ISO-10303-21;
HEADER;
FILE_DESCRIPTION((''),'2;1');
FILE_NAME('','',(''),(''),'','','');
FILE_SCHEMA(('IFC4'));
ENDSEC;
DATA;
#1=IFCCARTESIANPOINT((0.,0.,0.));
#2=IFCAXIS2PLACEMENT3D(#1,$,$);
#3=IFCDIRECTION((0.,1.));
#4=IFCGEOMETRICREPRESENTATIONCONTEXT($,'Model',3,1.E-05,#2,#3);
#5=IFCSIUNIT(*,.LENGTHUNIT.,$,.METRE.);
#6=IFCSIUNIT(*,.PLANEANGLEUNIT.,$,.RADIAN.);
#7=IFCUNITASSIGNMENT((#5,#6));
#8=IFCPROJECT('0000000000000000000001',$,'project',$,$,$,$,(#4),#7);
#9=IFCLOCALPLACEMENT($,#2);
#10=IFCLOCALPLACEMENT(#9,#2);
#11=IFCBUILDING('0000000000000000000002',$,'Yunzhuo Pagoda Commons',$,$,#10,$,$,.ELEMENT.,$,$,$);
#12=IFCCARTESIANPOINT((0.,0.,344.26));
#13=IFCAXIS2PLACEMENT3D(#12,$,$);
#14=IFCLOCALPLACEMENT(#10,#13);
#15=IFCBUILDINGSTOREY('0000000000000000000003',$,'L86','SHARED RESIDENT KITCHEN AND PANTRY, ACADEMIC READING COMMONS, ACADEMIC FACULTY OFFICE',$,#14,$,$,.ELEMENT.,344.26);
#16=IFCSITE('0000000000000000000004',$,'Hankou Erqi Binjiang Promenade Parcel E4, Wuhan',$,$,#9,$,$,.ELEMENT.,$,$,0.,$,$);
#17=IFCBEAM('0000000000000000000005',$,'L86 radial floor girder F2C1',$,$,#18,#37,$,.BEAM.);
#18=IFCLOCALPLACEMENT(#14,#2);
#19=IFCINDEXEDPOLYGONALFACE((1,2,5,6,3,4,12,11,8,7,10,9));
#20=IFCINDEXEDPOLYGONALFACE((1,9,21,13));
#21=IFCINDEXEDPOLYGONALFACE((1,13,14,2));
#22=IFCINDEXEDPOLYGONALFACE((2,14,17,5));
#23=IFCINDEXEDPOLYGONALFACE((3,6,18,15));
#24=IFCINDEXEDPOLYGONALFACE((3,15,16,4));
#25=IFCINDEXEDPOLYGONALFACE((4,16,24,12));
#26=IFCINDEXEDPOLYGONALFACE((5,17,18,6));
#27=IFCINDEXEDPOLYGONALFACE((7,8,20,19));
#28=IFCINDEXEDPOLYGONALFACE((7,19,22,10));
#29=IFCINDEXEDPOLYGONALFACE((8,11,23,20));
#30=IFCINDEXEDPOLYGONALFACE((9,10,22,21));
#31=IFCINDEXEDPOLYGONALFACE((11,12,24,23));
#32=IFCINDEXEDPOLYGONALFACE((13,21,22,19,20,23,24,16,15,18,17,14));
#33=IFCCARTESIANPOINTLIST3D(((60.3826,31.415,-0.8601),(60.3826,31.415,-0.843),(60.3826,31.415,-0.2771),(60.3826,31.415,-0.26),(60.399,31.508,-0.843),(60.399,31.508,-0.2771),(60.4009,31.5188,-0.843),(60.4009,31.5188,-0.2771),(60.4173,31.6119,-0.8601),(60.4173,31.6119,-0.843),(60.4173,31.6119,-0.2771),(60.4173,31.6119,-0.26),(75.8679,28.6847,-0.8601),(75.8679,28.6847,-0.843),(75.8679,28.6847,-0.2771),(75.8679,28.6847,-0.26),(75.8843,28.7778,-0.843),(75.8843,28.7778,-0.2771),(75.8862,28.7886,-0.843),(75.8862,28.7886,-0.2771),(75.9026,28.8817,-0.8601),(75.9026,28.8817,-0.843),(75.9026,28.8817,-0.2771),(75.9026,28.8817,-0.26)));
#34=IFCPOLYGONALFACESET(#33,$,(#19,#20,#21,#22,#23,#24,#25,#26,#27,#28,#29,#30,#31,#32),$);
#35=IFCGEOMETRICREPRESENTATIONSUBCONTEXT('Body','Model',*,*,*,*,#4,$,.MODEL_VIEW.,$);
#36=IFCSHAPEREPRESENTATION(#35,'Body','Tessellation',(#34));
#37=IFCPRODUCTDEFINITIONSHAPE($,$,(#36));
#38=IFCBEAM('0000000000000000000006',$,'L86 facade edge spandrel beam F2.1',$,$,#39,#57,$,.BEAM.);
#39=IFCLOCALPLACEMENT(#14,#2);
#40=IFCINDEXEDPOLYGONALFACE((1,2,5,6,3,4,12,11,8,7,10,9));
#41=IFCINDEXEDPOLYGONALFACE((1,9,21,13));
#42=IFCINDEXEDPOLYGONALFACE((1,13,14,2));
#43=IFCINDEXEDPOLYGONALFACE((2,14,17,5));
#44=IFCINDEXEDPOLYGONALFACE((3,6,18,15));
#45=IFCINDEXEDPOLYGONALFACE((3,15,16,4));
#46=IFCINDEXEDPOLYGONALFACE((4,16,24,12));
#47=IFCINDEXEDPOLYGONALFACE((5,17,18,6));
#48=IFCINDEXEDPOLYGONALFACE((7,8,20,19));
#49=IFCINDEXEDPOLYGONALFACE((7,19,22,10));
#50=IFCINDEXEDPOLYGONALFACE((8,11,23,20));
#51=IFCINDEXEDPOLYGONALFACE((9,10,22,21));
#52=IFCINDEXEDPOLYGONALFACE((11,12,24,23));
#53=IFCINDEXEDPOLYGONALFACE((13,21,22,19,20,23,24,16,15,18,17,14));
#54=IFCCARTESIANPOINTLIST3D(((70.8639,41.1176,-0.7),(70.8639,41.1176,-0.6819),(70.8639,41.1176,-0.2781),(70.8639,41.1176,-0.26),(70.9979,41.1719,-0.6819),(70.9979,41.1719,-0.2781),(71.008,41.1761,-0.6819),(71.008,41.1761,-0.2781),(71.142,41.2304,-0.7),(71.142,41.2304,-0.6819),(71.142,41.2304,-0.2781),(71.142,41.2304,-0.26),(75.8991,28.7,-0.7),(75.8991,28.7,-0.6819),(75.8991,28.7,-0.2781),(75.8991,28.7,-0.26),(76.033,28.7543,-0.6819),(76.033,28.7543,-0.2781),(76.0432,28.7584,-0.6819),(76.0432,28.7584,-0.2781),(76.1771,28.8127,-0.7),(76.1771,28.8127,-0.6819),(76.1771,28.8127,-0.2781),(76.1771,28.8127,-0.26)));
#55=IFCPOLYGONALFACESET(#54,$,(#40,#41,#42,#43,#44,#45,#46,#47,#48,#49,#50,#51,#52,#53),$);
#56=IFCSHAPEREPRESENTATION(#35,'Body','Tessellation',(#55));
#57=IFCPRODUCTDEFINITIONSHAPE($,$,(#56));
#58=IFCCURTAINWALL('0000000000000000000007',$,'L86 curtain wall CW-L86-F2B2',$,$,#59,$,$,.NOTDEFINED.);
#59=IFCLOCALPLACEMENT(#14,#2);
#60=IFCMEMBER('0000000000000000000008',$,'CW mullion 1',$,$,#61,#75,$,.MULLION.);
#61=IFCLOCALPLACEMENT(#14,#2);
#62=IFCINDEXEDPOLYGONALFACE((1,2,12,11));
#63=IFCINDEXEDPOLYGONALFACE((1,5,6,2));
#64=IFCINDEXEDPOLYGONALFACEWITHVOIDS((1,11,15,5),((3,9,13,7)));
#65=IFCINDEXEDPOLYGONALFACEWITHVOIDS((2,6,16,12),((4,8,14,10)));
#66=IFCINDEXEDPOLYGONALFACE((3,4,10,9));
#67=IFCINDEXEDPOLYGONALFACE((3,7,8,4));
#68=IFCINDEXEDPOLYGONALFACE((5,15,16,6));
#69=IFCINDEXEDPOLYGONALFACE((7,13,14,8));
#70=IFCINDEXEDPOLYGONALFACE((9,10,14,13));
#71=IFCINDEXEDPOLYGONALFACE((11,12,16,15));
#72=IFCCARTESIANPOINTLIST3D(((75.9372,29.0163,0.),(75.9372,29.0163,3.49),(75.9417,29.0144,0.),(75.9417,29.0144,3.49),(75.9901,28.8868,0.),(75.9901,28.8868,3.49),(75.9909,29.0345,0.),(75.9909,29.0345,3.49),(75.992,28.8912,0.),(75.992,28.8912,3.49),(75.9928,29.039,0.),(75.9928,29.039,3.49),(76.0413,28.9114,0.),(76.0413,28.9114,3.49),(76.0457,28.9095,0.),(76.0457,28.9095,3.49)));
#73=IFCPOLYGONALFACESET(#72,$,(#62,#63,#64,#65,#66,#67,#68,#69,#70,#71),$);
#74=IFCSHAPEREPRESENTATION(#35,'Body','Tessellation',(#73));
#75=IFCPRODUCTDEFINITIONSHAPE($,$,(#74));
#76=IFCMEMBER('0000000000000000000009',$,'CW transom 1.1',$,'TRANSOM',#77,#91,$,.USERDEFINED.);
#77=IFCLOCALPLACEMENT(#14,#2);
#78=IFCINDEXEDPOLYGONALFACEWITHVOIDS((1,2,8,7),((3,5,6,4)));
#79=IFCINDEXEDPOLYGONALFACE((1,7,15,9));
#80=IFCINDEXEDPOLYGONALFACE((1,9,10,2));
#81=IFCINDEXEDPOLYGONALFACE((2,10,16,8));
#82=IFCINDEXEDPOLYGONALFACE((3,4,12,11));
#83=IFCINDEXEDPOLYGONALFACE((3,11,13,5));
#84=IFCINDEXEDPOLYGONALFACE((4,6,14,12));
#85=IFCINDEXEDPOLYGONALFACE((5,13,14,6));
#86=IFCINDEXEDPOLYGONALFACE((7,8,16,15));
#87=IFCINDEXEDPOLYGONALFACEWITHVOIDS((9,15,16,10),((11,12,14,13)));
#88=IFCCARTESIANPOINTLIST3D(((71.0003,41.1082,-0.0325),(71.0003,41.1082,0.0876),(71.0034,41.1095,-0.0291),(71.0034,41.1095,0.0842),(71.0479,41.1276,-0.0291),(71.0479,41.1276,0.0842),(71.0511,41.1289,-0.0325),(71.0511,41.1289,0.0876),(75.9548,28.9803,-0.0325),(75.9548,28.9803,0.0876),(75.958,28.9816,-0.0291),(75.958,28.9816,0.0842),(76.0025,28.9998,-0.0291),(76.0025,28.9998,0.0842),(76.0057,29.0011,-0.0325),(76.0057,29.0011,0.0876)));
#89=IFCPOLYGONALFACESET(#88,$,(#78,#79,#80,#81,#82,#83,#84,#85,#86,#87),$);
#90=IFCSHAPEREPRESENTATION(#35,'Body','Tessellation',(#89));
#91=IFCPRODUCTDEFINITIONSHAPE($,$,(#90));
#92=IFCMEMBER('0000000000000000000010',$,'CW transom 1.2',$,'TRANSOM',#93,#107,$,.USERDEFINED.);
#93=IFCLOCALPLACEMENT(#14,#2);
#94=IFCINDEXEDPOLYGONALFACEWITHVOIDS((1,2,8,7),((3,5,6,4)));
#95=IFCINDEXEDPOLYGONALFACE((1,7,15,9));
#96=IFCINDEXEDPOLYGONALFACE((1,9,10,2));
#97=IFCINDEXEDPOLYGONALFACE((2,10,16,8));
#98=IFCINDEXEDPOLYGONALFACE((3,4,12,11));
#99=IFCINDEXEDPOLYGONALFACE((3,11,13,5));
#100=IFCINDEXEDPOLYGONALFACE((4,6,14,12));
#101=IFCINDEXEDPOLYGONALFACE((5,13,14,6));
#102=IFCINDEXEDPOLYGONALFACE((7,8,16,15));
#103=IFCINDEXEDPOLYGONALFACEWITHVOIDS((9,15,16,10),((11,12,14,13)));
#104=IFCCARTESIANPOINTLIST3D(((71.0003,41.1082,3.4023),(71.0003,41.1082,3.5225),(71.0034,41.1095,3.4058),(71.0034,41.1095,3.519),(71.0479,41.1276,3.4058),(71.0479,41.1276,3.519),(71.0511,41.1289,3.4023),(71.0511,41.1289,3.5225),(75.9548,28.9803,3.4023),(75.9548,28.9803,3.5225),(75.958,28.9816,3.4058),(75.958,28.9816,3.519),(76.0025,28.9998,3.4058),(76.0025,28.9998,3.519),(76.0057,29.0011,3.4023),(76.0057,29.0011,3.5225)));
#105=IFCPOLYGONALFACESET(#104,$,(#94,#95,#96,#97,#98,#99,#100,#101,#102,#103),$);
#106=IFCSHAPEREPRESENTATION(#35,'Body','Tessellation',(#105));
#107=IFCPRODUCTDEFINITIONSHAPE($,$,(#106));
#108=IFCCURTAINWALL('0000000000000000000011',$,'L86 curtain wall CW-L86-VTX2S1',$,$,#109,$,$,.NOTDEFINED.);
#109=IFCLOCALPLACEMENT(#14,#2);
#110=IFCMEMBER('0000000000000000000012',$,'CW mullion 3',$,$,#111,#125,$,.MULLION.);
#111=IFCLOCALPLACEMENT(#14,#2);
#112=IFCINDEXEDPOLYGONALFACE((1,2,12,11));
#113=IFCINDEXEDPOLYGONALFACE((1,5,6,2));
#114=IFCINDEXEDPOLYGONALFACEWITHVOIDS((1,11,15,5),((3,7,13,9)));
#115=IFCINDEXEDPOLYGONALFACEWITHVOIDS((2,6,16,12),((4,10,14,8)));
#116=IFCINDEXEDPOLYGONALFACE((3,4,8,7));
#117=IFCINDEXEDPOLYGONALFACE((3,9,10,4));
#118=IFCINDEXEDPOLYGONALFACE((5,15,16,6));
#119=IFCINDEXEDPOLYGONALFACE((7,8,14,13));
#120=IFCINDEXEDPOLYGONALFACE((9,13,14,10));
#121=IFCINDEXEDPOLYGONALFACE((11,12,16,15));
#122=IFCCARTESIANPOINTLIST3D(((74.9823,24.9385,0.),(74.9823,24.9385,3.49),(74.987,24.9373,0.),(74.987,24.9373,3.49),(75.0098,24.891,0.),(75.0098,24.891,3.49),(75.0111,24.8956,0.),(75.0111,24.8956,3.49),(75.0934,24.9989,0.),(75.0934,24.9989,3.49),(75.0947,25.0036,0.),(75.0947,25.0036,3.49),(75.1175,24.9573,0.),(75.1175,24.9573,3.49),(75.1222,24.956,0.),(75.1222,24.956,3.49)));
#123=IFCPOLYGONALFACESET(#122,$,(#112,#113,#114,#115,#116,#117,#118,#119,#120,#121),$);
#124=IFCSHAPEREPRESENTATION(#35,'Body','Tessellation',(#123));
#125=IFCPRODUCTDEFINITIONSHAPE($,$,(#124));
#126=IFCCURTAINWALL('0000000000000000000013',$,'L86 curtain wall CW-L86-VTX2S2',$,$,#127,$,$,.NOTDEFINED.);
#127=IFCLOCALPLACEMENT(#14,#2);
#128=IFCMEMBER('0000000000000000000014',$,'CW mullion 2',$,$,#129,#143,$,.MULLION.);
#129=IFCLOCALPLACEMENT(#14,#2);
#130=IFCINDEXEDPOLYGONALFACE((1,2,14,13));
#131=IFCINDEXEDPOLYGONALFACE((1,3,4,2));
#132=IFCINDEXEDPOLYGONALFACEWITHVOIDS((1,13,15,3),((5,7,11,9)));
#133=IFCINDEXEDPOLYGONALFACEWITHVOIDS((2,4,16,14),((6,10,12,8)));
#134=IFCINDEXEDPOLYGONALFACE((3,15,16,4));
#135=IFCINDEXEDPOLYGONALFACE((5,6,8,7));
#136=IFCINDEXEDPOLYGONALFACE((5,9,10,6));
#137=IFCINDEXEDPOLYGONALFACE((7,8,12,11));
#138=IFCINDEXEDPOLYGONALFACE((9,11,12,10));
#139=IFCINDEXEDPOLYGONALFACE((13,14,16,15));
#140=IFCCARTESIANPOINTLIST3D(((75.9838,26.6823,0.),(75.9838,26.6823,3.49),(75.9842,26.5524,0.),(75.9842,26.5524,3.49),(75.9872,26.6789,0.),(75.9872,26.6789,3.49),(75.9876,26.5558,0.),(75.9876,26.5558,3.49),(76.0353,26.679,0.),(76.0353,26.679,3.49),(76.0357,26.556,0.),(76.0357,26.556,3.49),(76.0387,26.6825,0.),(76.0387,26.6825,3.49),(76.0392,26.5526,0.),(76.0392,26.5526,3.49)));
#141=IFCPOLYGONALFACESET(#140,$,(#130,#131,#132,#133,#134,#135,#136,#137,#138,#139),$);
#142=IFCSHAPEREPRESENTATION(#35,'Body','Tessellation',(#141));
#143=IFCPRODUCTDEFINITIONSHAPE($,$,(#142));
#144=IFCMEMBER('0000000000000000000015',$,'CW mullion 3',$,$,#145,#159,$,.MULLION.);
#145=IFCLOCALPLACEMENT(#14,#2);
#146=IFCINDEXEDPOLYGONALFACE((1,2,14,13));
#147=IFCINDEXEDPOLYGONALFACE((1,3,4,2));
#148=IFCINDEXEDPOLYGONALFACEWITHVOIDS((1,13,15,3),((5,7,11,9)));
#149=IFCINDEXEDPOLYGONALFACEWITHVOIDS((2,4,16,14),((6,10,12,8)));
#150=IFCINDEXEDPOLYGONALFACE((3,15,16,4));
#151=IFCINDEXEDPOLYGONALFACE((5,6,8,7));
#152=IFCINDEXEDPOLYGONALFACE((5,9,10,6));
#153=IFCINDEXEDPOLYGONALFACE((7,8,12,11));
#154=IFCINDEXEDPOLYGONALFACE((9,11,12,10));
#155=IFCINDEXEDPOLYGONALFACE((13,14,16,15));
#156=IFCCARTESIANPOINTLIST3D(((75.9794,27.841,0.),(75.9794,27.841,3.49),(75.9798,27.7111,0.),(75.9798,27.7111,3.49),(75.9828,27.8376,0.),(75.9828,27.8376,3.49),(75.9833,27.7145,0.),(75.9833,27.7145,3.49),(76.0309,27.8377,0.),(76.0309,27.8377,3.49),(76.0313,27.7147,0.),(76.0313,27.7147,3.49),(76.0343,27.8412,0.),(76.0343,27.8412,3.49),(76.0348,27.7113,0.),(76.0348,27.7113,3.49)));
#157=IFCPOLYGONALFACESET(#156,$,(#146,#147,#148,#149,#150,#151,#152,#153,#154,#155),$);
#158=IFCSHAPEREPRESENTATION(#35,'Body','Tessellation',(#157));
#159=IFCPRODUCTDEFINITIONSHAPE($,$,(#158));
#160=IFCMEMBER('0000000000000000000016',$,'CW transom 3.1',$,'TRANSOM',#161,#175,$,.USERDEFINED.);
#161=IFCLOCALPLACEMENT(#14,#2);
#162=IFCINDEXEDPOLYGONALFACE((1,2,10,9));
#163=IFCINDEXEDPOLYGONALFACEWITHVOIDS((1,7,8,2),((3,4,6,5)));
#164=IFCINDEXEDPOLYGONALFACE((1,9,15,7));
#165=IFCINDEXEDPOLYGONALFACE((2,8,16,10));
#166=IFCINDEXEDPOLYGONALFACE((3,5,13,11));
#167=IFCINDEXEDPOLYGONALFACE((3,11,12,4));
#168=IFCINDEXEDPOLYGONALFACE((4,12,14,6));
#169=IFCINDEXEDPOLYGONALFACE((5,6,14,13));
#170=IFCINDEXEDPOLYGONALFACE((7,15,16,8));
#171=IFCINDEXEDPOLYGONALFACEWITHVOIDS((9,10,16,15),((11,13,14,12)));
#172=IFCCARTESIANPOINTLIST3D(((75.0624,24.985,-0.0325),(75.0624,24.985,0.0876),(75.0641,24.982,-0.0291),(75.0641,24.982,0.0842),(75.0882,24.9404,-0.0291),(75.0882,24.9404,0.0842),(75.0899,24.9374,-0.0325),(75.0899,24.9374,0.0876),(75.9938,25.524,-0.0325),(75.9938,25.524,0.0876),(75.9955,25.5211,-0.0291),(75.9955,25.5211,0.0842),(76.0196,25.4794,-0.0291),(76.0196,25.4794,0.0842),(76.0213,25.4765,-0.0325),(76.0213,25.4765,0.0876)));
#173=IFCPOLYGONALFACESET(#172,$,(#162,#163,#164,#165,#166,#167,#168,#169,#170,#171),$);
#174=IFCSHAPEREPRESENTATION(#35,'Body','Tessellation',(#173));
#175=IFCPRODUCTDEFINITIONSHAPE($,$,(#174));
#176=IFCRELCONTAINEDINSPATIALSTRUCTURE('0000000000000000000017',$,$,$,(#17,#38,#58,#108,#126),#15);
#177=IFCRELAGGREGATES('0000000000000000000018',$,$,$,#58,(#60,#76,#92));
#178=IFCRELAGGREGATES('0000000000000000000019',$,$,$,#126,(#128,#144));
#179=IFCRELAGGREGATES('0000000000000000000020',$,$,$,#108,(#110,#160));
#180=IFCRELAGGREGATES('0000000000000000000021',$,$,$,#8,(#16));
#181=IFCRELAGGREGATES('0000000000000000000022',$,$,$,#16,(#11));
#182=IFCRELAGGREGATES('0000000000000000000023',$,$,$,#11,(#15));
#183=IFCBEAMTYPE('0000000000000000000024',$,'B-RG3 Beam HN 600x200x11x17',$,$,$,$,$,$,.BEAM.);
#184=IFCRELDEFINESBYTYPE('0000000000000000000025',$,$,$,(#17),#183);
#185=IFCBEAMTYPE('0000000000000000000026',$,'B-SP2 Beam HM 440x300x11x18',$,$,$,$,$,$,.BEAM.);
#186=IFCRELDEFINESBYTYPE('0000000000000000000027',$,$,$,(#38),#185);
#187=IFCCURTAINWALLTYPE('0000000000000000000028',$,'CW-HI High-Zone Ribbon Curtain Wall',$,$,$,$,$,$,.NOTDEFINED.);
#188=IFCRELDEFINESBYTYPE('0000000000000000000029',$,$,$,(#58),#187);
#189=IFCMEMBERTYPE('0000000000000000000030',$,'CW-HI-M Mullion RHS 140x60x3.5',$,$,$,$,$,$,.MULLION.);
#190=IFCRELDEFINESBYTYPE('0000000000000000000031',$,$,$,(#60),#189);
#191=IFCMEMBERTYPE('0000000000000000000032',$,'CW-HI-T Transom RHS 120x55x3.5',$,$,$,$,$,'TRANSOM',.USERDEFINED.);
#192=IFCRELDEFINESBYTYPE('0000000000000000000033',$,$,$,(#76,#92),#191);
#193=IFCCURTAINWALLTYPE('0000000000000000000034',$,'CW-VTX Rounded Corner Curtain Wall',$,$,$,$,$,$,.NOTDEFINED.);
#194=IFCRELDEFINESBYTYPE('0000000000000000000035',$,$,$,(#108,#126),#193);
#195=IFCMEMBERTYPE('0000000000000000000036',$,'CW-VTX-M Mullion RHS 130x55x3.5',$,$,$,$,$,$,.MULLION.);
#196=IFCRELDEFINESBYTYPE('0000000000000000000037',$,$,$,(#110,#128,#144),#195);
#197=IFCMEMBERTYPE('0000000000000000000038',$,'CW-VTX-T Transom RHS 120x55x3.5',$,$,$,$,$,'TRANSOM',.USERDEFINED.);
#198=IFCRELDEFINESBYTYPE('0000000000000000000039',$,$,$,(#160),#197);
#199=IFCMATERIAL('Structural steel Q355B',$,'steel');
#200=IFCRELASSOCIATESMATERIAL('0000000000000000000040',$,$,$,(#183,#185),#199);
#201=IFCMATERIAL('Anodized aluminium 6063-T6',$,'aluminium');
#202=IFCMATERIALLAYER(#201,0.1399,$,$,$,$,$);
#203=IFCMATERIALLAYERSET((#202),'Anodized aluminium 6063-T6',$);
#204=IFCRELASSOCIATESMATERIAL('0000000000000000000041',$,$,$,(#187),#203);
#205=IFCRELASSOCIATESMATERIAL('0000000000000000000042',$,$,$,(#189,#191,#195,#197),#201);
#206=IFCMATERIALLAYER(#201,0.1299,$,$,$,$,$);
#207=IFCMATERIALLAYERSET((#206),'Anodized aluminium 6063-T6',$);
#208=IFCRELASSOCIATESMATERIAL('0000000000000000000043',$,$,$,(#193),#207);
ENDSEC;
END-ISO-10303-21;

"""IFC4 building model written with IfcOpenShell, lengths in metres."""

from ifc_helpers import new_model, si_unit, direction, frame, origin, origin_2d, place, context, subcontext, project, spatial, hollow_rectangle, i_section, extrude, source, transform, mapped, material, layer, layer_set, material_profile, profile_set, type_object, element, aggregate, save


model = new_model("IFC4")

# Units and contexts
model_context = context("Model", 3, precision=1e-05, world=origin(), true_north=direction((0.0, 1.0)))
body_context = subcontext(model_context, "Body", "Model", "MODEL_VIEW")
ifc_project = project(units=[si_unit("LENGTHUNIT", "METRE"), si_unit("PLANEANGLEUNIT", "RADIAN")], contexts=[model_context])

# Site, building, storey
site_placement = place(None, origin())
site = spatial("IfcSite", under=ifc_project, at=site_placement, Name="Hankou Erqi Binjiang Promenade Parcel E4, Wuhan", CompositionType="ELEMENT", RefElevation=0.0)
building_placement = place(site_placement, origin())
building = spatial("IfcBuilding", under=site, at=building_placement, Name="Yunzhuo Pagoda Commons", CompositionType="ELEMENT")
storey_placement = place(building_placement, frame((0.0, 0.0, 344.26)))
storey = spatial("IfcBuildingStorey", under=building, at=storey_placement, Name="L86", Description="SHARED RESIDENT KITCHEN AND PANTRY, ACADEMIC READING COMMONS, ACADEMIC FACULTY OFFICE", CompositionType="ELEMENT", Elevation=344.26)

# Beams
ifc_material_1 = material(Name="Structural steel Q355B", Category="steel")
ifc_material_profile_1 = material_profile(ifc_material_1, i_section(OverallWidth=0.2, OverallDepth=0.6001, WebThickness=0.011, FlangeThickness=0.0171, at=origin_2d()), Name="Structural steel Q355B")
ifc_profile_set_1 = profile_set([ifc_material_profile_1], Name="Structural steel Q355B")
beam_type_1 = type_object("IfcBeamType", Name="B-RG3 Beam HN 600x200x11x17", PredefinedType="BEAM", material=ifc_profile_set_1)
shared_shape_1 = source(origin(), body_context, "Body", "SweptSolid", [
    extrude(i_section(OverallWidth=0.2, OverallDepth=0.6001, WebThickness=0.011, FlangeThickness=0.0171, at=origin_2d()), origin(), (0.0, 0.0, 1.0), 15.7241),
])
beam_1_placement = place(storey_placement, frame((75.8853, 28.7832, -0.5601), z_axis=(-0.984811, 0.173632, 0.0), x_axis=(-0.173632, -0.984811, 0.0)))
element("IfcBeam", 1, at=beam_1_placement, inside=storey, type_object=beam_type_1, Name="L86 radial floor girder F2C1", PredefinedType="BEAM", context=body_context, shape_type="MappedRepresentation", body=[
    mapped(shared_shape_1, transform((0.0, 0.0, 0.0), scale=1.0)),
])
ifc_material_profile_2 = material_profile(ifc_material_1, i_section(OverallWidth=0.3, OverallDepth=0.4399, WebThickness=0.011, FlangeThickness=0.0181, at=origin_2d()), Name="Structural steel Q355B")
ifc_profile_set_2 = profile_set([ifc_material_profile_2], Name="Structural steel Q355B")
beam_type_2 = type_object("IfcBeamType", Name="B-SP2 Beam HM 440x300x11x18", PredefinedType="BEAM", material=ifc_profile_set_2)
shared_shape_2 = source(origin(), body_context, "Body", "SweptSolid", [
    extrude(i_section(OverallWidth=0.3, OverallDepth=0.4399, WebThickness=0.011, FlangeThickness=0.0181, at=origin_2d()), origin(), (0.0, 0.0, 1.0), 13.3997),
])
beam_2_placement = place(storey_placement, frame((76.0381, 28.7563, -0.48), z_axis=(-0.375766, 0.926715, 0.0), x_axis=(-0.926715, -0.375766, 0.0)))
element("IfcBeam", 2, at=beam_2_placement, inside=storey, type_object=beam_type_2, Name="L86 facade edge spandrel beam F2.1", PredefinedType="BEAM", context=body_context, shape_type="MappedRepresentation", body=[
    mapped(shared_shape_2, transform((0.0, 0.0, 0.0), scale=1.0)),
])

# Curtain wall, members
ifc_material_2 = material(Name="Anodized aluminium 6063-T6", Category="aluminium")
ifc_layer_1 = layer(ifc_material_2, 0.1399)
ifc_layer_set_1 = layer_set([ifc_layer_1], Name="Anodized aluminium 6063-T6")
curtain_wall_type_1 = type_object("IfcCurtainWallType", Name="CW-HI High-Zone Ribbon Curtain Wall", PredefinedType="NOTDEFINED", material=ifc_layer_set_1)
curtain_wall_1_placement = place(storey_placement, origin())
curtain_wall_1 = element("IfcCurtainWall", 3, at=curtain_wall_1_placement, inside=storey, type_object=curtain_wall_type_1, Name="L86 curtain wall CW-L86-F2B2", PredefinedType="NOTDEFINED")
ifc_material_profile_3 = material_profile(ifc_material_2, hollow_rectangle(XDim=0.0601, YDim=0.1399, WallThickness=0.0034, at=origin_2d()), Name="Anodized aluminium 6063-T6")
ifc_profile_set_3 = profile_set([ifc_material_profile_3], Name="Anodized aluminium 6063-T6")
member_type_1 = type_object("IfcMemberType", Name="CW-HI-M Mullion RHS 140x60x3.5", PredefinedType="MULLION", material=ifc_profile_set_3)
shared_shape_3 = source(origin(), body_context, "Body", "SweptSolid", [
    extrude(hollow_rectangle(XDim=0.0601, YDim=0.1399, WallThickness=0.0034, at=origin_2d()), origin(), (0.0, 0.0, 1.0), 3.49),
])
member_1_placement = place(storey_placement, frame((75.9915, 28.9629, 0.0), z_axis=(0.0, 0.0, 1.0), x_axis=(-0.92573, -0.378185, 0.0)))
member_1 = element("IfcMember", 4, at=member_1_placement, type_object=member_type_1, Name="CW mullion 1", PredefinedType="MULLION", context=body_context, shape_type="MappedRepresentation", body=[
    mapped(shared_shape_3, transform((0.0, 0.0, 0.0), scale=1.0)),
])
ifc_material_profile_4 = material_profile(ifc_material_2, hollow_rectangle(XDim=0.0549, YDim=0.1201, WallThickness=0.0034, at=origin_2d()), Name="Anodized aluminium 6063-T6")
ifc_profile_set_4 = profile_set([ifc_material_profile_4], Name="Anodized aluminium 6063-T6")
member_type_2 = type_object("IfcMemberType", Name="CW-HI-T Transom RHS 120x55x3.5", ElementType="TRANSOM", PredefinedType="USERDEFINED", material=ifc_profile_set_4)
shared_shape_4 = source(origin(), body_context, "Body", "SweptSolid", [
    extrude(hollow_rectangle(XDim=0.0549, YDim=0.1201, WallThickness=0.0034, at=origin_2d()), origin(), (0.0, 0.0, 1.0), 13.1008),
])
member_2_placement = place(storey_placement, frame((75.9802, 28.9907, 0.0276), z_axis=(-0.378186, 0.92573, 0.0), x_axis=(-0.92573, -0.378186, 0.0)))
member_2 = element("IfcMember", 5, at=member_2_placement, type_object=member_type_2, Name="CW transom 1.1", ObjectType="TRANSOM", PredefinedType="USERDEFINED", context=body_context, shape_type="MappedRepresentation", body=[
    mapped(shared_shape_4, transform((0.0, 0.0, 0.0), scale=1.0)),
])
member_3_placement = place(storey_placement, frame((75.9802, 28.9907, 3.4624), z_axis=(-0.378186, 0.92573, 0.0), x_axis=(-0.92573, -0.378186, 0.0)))
member_3 = element("IfcMember", 6, at=member_3_placement, type_object=member_type_2, Name="CW transom 1.2", ObjectType="TRANSOM", PredefinedType="USERDEFINED", context=body_context, shape_type="MappedRepresentation", body=[
    mapped(shared_shape_4, transform((0.0, 0.0, 0.0), scale=1.0)),
])
aggregate(curtain_wall_1, [member_1, member_2, member_3])

# Curtain wall, member
ifc_layer_2 = layer(ifc_material_2, 0.1299)
ifc_layer_set_2 = layer_set([ifc_layer_2], Name="Anodized aluminium 6063-T6")
curtain_wall_type_2 = type_object("IfcCurtainWallType", Name="CW-VTX Rounded Corner Curtain Wall", PredefinedType="NOTDEFINED", material=ifc_layer_set_2)
curtain_wall_2_placement = place(storey_placement, origin())
curtain_wall_2 = element("IfcCurtainWall", 7, at=curtain_wall_2_placement, inside=storey, type_object=curtain_wall_type_2, Name="L86 curtain wall CW-L86-VTX2S1", PredefinedType="NOTDEFINED")
ifc_material_profile_5 = material_profile(ifc_material_2, hollow_rectangle(XDim=0.0549, YDim=0.1299, WallThickness=0.0034, at=origin_2d()), Name="Anodized aluminium 6063-T6")
ifc_profile_set_5 = profile_set([ifc_material_profile_5], Name="Anodized aluminium 6063-T6")
member_type_3 = type_object("IfcMemberType", Name="CW-VTX-M Mullion RHS 130x55x3.5", PredefinedType="MULLION", material=ifc_profile_set_5)
shared_shape_5 = source(origin(), body_context, "Body", "SweptSolid", [
    extrude(hollow_rectangle(XDim=0.0549, YDim=0.1299, WallThickness=0.0034, at=origin_2d()), origin(), (0.0, 0.0, 1.0), 3.49),
])
member_4_placement = place(storey_placement, frame((75.0522, 24.9473, 0.0), z_axis=(0.0, 0.0, 1.0), x_axis=(-0.501028, 0.865431, 0.0)))
member_4 = element("IfcMember", 8, at=member_4_placement, type_object=member_type_3, Name="CW mullion 3", PredefinedType="MULLION", context=body_context, shape_type="MappedRepresentation", body=[
    mapped(shared_shape_5, transform((0.0, 0.0, 0.0), scale=1.0)),
])

# Curtain wall, members
curtain_wall_3_placement = place(storey_placement, origin())
curtain_wall_3 = element("IfcCurtainWall", 9, at=curtain_wall_3_placement, inside=storey, type_object=curtain_wall_type_2, Name="L86 curtain wall CW-L86-VTX2S2", PredefinedType="NOTDEFINED")
member_5_placement = place(storey_placement, frame((76.0115, 26.6174, 0.0), z_axis=(0.0, 0.0, 1.0), x_axis=(-0.999994, -0.003567, 0.0)))
member_5 = element("IfcMember", 10, at=member_5_placement, type_object=member_type_3, Name="CW mullion 2", PredefinedType="MULLION", context=body_context, shape_type="MappedRepresentation", body=[
    mapped(shared_shape_5, transform((0.0, 0.0, 0.0), scale=1.0)),
])
member_6_placement = place(storey_placement, frame((76.0071, 27.7761, 0.0), z_axis=(0.0, 0.0, 1.0), x_axis=(-0.999994, -0.003567, 0.0)))
member_6 = element("IfcMember", 11, at=member_6_placement, type_object=member_type_3, Name="CW mullion 3", PredefinedType="MULLION", context=body_context, shape_type="MappedRepresentation", body=[
    mapped(shared_shape_5, transform((0.0, 0.0, 0.0), scale=1.0)),
])

# Member
ifc_material_profile_6 = material_profile(ifc_material_2, hollow_rectangle(XDim=0.0549, YDim=0.1201, WallThickness=0.0034, at=origin_2d()), Name="Anodized aluminium 6063-T6")
ifc_profile_set_6 = profile_set([ifc_material_profile_6], Name="Anodized aluminium 6063-T6")
member_type_4 = type_object("IfcMemberType", Name="CW-VTX-T Transom RHS 120x55x3.5", ElementType="TRANSOM", PredefinedType="USERDEFINED", material=ifc_profile_set_6)
shared_shape_6 = source(origin(), body_context, "Body", "SweptSolid", [
    extrude(hollow_rectangle(XDim=0.0549, YDim=0.1201, WallThickness=0.0034, at=origin_2d()), origin(), (0.0, 0.0, 1.0), 1.0762),
])
member_7_placement = place(storey_placement, frame((75.0762, 24.9612, 0.0276), z_axis=(0.865494, 0.50092, 0.0), x_axis=(-0.50092, 0.865494, 0.0)))
member_7 = element("IfcMember", 12, at=member_7_placement, type_object=member_type_4, Name="CW transom 3.1", ObjectType="TRANSOM", PredefinedType="USERDEFINED", context=body_context, shape_type="MappedRepresentation", body=[
    mapped(shared_shape_6, transform((0.0, 0.0, 0.0), scale=1.0)),
])

aggregate(curtain_wall_3, [member_5, member_6])
aggregate(curtain_wall_2, [member_4, member_7])

save(model, "model.ifc")
